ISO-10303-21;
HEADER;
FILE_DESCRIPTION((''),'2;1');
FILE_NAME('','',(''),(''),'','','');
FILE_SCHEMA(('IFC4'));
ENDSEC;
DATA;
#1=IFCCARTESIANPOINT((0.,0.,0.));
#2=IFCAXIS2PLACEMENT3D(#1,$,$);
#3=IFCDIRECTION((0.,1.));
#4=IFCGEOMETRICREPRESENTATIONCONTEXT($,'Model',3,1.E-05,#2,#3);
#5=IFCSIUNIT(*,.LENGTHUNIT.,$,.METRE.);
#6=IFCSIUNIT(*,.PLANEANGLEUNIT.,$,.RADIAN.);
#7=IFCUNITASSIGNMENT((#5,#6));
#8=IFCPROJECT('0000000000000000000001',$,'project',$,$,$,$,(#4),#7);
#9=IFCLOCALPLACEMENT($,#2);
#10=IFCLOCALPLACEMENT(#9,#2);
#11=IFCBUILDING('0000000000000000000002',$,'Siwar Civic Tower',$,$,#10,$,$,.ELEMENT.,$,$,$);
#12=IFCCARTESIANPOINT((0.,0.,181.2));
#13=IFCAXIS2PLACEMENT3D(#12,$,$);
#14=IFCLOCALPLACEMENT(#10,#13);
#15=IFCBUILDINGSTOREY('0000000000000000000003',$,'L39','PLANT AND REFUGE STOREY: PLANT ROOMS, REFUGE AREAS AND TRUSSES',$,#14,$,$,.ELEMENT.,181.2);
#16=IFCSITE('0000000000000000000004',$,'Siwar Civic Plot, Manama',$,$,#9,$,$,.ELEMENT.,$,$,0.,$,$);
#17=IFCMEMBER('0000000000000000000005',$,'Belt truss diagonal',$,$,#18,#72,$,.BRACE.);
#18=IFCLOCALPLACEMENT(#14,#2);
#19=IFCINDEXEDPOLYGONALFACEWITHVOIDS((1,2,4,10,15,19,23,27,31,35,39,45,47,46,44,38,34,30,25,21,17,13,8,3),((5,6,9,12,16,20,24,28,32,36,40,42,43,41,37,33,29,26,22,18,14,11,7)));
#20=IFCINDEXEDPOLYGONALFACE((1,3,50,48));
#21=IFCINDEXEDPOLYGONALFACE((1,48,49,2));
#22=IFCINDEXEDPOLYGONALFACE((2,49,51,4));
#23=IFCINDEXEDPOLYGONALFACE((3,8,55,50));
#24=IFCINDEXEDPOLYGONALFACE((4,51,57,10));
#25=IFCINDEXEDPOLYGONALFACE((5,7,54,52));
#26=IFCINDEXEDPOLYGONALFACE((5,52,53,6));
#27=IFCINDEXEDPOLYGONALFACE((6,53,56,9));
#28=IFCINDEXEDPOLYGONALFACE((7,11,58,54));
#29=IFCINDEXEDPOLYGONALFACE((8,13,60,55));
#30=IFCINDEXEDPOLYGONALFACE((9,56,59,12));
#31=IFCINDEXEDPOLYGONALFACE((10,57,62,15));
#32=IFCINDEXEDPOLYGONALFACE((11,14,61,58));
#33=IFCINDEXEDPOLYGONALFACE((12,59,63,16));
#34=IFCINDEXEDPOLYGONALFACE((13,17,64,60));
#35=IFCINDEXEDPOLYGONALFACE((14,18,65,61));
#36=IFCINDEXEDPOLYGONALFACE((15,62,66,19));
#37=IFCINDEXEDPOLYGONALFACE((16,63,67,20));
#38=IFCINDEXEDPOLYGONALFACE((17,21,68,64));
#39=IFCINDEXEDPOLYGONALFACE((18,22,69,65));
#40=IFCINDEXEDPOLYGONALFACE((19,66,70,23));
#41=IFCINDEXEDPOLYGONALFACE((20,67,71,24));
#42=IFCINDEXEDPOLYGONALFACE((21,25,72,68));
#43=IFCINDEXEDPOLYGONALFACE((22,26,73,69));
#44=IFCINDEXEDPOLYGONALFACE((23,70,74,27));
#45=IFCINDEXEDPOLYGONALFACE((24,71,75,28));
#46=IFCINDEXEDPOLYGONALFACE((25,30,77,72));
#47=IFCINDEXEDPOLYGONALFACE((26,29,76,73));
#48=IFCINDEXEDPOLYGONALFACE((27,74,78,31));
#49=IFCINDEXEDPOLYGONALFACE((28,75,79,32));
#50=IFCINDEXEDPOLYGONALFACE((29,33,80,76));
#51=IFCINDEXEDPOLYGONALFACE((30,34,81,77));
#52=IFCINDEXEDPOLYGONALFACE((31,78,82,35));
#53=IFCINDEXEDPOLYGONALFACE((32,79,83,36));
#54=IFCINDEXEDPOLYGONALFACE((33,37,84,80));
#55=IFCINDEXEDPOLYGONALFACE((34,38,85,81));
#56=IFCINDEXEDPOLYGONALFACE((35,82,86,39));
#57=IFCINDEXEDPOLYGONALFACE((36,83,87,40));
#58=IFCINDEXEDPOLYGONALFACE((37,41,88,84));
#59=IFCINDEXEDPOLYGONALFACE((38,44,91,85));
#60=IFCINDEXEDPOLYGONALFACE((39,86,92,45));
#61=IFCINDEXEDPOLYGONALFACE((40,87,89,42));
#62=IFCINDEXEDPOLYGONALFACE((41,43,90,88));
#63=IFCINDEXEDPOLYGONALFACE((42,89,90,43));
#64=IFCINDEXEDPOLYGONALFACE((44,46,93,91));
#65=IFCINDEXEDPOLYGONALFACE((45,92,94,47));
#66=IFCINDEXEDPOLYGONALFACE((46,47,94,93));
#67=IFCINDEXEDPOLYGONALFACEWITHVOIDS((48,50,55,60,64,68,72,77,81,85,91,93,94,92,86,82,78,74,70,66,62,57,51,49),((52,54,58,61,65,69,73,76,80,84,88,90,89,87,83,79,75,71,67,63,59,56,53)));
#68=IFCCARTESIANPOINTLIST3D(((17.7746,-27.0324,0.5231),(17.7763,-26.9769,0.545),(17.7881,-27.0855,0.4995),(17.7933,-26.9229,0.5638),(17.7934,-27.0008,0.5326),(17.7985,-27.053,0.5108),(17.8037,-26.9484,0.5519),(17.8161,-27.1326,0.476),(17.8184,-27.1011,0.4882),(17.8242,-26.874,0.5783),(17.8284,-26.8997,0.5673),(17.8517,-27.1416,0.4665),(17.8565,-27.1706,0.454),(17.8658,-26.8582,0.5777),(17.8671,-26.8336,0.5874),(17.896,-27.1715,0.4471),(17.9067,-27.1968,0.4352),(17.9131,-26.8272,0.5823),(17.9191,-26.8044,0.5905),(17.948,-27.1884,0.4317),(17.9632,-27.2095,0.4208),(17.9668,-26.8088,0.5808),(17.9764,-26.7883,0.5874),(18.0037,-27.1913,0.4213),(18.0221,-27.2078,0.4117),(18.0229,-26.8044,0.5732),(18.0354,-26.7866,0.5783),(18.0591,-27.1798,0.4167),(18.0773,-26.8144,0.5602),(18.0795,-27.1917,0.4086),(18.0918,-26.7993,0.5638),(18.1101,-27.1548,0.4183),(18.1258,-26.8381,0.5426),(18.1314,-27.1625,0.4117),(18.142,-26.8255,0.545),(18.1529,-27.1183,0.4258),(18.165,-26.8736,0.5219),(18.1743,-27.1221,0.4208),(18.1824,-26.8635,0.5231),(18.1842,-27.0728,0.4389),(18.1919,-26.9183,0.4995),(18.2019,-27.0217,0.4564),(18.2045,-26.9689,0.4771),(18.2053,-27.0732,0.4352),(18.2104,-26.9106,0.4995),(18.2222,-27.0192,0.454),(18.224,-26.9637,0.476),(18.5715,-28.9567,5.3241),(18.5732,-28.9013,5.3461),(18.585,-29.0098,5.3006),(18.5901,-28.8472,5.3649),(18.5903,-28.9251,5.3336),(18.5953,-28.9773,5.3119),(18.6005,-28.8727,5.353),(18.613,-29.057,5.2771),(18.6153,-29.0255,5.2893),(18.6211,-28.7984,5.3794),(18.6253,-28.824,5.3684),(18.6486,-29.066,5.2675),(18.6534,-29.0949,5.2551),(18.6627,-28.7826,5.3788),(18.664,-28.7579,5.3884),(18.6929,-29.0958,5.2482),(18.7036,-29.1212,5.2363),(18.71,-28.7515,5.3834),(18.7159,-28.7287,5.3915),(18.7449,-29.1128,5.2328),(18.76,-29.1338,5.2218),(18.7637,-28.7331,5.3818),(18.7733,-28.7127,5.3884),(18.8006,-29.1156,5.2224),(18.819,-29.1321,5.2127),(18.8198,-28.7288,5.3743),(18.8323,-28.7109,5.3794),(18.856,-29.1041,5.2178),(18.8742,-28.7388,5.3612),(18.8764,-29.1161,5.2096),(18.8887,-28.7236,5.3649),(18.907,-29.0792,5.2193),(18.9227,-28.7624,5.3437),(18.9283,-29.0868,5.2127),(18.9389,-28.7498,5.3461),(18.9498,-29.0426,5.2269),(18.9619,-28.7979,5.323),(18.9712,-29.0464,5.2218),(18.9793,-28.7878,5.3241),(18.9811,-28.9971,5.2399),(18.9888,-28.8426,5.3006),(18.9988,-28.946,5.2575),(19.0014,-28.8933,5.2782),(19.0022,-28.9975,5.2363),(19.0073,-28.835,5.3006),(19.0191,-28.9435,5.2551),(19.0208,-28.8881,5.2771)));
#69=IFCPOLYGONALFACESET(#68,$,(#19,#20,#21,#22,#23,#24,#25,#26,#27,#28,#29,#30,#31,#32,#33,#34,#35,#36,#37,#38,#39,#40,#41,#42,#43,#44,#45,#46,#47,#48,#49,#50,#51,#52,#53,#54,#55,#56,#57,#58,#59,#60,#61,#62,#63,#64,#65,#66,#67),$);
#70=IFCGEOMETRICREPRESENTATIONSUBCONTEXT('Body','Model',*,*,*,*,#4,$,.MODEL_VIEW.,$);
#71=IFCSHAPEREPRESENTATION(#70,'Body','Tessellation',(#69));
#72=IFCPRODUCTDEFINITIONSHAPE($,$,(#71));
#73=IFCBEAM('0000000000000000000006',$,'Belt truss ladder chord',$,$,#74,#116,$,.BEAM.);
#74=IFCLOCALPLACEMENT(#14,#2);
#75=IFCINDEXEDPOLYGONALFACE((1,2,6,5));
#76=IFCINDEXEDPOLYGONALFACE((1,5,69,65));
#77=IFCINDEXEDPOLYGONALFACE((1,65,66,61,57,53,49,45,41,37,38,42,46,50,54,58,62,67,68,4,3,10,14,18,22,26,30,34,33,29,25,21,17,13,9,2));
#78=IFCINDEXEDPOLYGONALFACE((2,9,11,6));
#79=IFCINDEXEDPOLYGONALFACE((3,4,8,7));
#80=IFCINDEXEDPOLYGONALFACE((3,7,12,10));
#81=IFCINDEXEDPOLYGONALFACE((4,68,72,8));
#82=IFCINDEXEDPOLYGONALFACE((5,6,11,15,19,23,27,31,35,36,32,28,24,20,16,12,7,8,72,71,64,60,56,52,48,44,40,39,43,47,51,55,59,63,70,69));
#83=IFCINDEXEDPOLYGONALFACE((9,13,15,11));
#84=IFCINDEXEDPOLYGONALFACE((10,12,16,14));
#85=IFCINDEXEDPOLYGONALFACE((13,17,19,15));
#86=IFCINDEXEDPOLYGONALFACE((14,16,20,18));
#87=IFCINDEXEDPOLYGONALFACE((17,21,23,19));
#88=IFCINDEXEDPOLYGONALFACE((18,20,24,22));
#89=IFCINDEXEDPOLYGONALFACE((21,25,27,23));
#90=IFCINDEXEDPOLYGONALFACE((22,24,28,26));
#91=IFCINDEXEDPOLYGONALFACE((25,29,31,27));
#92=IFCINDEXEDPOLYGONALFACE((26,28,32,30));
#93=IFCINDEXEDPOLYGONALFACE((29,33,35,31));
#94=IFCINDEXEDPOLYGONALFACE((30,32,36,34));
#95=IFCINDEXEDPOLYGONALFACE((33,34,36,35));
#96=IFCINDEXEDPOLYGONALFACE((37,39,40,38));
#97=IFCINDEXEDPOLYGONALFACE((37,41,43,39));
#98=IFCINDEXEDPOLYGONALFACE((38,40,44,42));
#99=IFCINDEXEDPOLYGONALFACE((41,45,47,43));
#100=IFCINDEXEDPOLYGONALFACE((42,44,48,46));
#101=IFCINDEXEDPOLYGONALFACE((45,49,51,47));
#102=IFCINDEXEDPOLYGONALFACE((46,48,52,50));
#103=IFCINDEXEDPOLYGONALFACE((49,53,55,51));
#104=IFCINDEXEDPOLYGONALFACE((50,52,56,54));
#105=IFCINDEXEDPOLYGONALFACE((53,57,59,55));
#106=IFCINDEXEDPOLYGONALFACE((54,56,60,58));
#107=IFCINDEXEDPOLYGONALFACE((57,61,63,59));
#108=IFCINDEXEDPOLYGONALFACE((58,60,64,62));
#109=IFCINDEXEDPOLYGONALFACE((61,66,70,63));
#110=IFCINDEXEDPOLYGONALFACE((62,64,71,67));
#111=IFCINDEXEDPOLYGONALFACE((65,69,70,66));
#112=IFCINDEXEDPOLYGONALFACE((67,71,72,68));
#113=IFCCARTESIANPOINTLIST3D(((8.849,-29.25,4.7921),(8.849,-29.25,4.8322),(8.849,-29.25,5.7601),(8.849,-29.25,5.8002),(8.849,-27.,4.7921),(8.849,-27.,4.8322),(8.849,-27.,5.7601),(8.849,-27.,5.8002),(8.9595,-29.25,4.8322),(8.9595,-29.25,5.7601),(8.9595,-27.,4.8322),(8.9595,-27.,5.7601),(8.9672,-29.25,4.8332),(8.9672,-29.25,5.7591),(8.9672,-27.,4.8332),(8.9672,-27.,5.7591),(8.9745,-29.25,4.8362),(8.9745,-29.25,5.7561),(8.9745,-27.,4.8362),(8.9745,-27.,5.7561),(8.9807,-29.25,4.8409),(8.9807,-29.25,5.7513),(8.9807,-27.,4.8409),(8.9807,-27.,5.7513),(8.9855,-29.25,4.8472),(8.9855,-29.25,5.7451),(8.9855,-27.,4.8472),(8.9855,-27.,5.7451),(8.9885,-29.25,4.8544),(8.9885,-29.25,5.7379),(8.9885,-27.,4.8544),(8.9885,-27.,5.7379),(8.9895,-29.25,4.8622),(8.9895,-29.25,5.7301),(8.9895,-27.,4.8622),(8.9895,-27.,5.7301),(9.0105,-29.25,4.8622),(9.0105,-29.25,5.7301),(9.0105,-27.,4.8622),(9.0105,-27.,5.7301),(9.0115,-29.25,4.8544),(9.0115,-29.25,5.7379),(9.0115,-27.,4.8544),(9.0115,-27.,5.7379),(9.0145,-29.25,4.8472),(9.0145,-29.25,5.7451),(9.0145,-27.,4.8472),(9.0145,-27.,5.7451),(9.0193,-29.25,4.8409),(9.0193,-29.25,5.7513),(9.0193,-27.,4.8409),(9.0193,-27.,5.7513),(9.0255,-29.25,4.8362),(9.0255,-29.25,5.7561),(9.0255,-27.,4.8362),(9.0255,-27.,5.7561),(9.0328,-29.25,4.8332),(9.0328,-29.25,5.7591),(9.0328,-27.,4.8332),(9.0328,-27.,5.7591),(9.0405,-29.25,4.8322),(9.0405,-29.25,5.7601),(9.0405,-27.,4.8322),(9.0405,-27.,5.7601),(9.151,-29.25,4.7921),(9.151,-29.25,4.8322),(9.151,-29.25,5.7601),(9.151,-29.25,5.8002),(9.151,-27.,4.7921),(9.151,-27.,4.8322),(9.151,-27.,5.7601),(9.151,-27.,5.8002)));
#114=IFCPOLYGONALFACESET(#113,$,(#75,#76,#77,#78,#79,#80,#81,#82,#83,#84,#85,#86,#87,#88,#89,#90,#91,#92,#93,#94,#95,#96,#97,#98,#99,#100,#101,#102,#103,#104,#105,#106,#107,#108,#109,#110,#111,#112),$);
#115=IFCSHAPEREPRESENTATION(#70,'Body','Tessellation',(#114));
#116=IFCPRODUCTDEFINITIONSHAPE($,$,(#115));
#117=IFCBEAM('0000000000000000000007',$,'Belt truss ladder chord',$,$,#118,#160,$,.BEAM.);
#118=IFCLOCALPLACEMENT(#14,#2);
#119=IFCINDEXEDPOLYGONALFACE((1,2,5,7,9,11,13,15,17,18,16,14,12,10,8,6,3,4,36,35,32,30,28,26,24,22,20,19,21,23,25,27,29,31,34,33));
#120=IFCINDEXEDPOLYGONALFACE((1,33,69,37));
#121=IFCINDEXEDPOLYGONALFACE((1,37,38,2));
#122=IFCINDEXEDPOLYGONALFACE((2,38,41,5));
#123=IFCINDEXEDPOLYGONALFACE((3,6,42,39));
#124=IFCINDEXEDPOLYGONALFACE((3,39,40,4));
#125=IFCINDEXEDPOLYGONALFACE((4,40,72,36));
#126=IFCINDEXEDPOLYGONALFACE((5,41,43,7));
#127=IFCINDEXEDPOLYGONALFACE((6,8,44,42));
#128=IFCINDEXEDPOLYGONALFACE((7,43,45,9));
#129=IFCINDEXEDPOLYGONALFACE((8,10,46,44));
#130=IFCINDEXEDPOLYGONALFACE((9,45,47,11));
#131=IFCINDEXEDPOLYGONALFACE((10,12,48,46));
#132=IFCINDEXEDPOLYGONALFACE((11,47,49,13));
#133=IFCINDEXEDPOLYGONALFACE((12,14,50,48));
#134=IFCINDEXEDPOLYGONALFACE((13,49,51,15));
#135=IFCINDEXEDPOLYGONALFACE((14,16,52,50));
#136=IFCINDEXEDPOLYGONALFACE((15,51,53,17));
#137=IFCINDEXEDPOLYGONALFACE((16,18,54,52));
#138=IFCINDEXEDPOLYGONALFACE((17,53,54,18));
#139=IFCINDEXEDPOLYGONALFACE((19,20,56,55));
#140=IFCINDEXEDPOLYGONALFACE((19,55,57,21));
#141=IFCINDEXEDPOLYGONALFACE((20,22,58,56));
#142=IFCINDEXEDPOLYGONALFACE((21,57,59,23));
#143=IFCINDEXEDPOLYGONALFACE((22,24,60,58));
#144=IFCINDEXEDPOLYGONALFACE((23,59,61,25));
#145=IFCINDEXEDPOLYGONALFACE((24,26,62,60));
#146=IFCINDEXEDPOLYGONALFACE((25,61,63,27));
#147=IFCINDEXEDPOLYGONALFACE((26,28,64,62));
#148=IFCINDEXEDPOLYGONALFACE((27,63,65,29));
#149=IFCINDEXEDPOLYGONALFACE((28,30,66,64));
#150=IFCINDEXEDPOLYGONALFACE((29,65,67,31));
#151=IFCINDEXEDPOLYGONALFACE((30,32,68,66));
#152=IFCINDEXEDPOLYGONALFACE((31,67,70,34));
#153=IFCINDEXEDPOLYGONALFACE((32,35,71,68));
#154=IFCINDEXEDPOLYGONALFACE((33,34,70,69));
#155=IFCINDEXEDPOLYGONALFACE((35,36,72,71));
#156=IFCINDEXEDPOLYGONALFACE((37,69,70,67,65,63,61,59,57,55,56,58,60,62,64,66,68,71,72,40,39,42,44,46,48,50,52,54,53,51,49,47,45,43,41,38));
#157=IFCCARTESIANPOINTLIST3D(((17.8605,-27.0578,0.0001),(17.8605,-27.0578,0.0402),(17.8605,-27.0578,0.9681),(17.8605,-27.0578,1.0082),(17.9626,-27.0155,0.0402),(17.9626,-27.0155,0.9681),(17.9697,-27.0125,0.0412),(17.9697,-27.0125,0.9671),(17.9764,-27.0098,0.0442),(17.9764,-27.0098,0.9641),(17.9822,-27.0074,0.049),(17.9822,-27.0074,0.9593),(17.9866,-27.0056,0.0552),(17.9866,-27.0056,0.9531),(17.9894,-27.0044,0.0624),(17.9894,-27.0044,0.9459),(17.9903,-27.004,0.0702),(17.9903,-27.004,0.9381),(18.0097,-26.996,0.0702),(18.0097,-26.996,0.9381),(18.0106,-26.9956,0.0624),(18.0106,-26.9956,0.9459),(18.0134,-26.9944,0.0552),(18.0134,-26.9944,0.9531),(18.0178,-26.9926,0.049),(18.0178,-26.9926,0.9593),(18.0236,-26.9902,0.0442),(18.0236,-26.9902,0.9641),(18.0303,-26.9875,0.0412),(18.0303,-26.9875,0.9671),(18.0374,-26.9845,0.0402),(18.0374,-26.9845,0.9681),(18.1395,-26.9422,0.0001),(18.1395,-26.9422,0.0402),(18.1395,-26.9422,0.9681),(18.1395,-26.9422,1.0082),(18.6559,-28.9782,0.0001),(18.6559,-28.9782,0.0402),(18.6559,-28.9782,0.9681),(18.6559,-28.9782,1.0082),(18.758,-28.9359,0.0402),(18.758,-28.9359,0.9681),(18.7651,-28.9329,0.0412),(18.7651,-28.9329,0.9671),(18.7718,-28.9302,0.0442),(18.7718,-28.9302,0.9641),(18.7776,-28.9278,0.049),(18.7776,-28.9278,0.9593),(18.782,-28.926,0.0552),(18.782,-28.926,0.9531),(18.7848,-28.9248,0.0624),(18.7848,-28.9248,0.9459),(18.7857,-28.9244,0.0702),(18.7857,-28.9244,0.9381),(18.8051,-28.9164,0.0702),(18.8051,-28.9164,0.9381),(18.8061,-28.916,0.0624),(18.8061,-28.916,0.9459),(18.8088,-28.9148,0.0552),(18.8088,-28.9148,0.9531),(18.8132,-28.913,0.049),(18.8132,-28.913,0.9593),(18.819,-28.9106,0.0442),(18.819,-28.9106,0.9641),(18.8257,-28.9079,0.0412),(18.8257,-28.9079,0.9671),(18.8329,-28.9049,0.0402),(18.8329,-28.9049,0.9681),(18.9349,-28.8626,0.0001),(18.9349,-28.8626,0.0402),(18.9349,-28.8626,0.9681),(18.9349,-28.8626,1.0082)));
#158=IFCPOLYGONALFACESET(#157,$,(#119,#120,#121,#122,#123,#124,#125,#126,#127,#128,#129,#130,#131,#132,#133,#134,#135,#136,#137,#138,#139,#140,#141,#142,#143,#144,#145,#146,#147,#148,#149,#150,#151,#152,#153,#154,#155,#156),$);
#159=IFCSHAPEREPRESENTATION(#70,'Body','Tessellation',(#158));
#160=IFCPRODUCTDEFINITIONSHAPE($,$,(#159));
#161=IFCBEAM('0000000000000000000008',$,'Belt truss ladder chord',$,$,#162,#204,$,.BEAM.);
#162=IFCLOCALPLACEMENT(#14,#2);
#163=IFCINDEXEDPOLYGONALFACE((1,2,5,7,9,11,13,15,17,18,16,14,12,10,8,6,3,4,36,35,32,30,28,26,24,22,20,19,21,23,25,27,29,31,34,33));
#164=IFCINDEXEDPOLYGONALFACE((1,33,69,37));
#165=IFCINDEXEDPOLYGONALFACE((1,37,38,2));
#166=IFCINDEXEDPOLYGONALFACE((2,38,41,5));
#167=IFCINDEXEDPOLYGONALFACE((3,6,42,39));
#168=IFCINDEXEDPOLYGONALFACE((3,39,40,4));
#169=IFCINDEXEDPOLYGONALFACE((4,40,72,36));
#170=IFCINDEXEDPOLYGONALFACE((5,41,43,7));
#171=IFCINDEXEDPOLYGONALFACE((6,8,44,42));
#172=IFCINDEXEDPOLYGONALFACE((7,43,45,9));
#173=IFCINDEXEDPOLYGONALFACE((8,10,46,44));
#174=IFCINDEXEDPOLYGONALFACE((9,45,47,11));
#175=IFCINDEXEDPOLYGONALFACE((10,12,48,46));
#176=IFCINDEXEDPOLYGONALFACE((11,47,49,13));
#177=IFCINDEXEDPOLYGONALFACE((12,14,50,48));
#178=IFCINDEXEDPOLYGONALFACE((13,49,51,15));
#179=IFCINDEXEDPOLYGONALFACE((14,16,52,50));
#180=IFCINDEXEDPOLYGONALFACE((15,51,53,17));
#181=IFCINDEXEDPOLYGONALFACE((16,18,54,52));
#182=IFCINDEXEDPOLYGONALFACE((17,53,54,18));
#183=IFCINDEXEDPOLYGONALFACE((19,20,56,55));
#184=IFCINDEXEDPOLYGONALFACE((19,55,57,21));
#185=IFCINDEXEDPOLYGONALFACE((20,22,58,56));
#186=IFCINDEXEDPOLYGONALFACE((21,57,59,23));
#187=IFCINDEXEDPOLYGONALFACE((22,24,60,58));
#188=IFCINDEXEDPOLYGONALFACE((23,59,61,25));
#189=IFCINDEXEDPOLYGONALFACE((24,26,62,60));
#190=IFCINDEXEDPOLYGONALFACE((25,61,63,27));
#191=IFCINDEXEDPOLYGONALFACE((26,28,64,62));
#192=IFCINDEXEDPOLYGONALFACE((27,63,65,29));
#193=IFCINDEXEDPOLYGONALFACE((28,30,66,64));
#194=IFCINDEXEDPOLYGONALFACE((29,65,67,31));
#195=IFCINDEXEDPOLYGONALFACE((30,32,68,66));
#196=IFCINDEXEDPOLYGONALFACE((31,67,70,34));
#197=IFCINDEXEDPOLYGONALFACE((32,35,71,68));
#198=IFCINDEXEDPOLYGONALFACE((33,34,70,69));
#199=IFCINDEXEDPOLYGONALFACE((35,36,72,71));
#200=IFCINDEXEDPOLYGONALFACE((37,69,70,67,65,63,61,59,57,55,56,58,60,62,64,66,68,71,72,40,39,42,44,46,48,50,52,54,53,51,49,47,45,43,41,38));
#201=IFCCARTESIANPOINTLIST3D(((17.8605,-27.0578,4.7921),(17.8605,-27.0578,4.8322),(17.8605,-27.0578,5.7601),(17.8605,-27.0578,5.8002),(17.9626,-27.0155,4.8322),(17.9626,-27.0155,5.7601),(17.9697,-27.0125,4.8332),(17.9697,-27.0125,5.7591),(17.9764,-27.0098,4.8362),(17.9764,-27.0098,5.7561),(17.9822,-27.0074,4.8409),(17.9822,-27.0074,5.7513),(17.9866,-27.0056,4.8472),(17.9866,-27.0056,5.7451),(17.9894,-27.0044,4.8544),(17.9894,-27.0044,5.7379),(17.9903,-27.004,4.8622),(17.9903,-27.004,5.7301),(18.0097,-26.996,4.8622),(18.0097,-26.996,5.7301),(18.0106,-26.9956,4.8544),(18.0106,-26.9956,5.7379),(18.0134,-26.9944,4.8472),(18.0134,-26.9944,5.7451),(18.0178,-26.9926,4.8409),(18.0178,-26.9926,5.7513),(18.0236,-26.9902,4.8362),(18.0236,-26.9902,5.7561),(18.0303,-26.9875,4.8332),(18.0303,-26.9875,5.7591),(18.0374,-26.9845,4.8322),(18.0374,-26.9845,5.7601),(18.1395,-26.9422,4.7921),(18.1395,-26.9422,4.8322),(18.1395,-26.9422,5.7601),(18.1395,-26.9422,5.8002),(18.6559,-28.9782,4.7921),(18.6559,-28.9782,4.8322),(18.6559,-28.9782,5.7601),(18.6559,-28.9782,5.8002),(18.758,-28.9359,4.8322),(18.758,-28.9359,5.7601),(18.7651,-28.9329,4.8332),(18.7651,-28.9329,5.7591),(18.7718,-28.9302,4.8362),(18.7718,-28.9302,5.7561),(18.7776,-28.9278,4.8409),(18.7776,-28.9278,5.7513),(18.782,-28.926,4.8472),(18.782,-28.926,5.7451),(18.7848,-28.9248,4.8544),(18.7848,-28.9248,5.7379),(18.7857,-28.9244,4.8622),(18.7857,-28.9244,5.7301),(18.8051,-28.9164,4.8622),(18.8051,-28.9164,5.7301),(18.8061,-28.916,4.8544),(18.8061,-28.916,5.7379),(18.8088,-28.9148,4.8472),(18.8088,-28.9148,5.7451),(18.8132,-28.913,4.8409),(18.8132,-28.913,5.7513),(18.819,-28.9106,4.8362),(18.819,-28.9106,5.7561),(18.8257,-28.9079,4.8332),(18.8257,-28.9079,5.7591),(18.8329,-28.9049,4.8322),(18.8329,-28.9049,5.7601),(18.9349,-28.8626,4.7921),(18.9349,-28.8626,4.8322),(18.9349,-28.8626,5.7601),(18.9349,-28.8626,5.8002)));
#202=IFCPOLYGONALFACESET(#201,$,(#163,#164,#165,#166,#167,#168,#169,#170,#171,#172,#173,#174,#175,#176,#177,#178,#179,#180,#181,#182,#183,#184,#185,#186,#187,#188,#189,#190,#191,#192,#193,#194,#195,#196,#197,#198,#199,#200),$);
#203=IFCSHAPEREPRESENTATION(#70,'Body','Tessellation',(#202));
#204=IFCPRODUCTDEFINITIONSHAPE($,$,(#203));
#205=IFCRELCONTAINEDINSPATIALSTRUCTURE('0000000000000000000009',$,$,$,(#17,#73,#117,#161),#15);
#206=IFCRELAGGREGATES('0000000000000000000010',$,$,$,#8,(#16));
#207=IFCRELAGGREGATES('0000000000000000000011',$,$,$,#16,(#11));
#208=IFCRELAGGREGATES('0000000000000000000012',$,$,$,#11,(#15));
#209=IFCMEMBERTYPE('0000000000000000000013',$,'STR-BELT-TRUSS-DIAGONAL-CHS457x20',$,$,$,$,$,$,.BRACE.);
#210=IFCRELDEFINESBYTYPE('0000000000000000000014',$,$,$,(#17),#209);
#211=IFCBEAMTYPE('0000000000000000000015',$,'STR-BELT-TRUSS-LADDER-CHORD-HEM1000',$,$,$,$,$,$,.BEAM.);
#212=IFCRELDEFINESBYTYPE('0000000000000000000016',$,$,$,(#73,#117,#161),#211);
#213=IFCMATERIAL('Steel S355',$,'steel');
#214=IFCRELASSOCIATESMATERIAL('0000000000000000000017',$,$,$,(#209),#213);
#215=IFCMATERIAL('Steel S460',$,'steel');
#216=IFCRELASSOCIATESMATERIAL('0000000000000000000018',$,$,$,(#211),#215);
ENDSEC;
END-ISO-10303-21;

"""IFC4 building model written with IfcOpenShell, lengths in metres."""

from ifc_helpers import new_model, si_unit, direction, frame, origin, origin_2d, place, context, subcontext, project, spatial, hollow_circle, i_section, extrude, material, material_profile, profile_set, type_object, element, save


model = new_model("IFC4")

# Units and contexts
model_context = context("Model", 3, precision=1e-05, world=origin(), true_north=direction((0.0, 1.0)))
body_context = subcontext(model_context, "Body", "Model", "MODEL_VIEW")
ifc_project = project(units=[si_unit("LENGTHUNIT", "METRE"), si_unit("PLANEANGLEUNIT", "RADIAN")], contexts=[model_context])

# Site, building, storey
site_placement = place(None, origin())
site = spatial("IfcSite", under=ifc_project, at=site_placement, Name="Siwar Civic Plot, Manama", CompositionType="ELEMENT", RefElevation=0.0)
building_placement = place(site_placement, origin())
building = spatial("IfcBuilding", under=site, at=building_placement, Name="Siwar Civic Tower", CompositionType="ELEMENT")
storey_placement = place(building_placement, frame((0.0, 0.0, 181.2)))
storey = spatial("IfcBuildingStorey", under=building, at=storey_placement, Name="L39", Description="PLANT AND REFUGE STOREY: PLANT ROOMS, REFUGE AREAS AND TRUSSES", CompositionType="ELEMENT", Elevation=181.2)

# Member
ifc_material_1 = material(Name="Steel S355", Category="steel")
ifc_material_profile_1 = material_profile(ifc_material_1, hollow_circle(Radius=0.2285, WallThickness=0.02, at=origin_2d()), Name="CHS457x20")
ifc_profile_set_1 = profile_set([ifc_material_profile_1], Name="Steel S355")
member_type_1 = type_object("IfcMemberType", Name="STR-BELT-TRUSS-DIAGONAL-CHS457x20", PredefinedType="BRACE", material=ifc_profile_set_1)
member_1_placement = place(storey_placement, frame((17.9993, -26.998, 0.4995), z_axis=(0.152269, -0.367703, 0.917392), x_axis=(0.923914, 0.3826, 0.0)))
element("IfcMember", 1, at=member_1_placement, inside=storey, type_object=member_type_1, Name="Belt truss diagonal", PredefinedType="BRACE", context=body_context, shape_type="SweptSolid", body=[
    extrude(hollow_circle(Radius=0.2285, WallThickness=0.02, at=origin_2d()), origin(), (0.0, 0.0, 1.0), 5.2334),
])

# Beams
ifc_material_2 = material(Name="Steel S460", Category="steel")
ifc_material_profile_2 = material_profile(ifc_material_2, i_section(OverallWidth=0.302, OverallDepth=1.0081, WebThickness=0.021, FlangeThickness=0.04, FilletRadius=0.03, at=origin_2d()), Name="HEM1000")
ifc_profile_set_2 = profile_set([ifc_material_profile_2], Name="Steel S460")
beam_type_1 = type_object("IfcBeamType", Name="STR-BELT-TRUSS-LADDER-CHORD-HEM1000", PredefinedType="BEAM", material=ifc_profile_set_2)
beam_1_placement = place(storey_placement, frame((9.0, -27.0, 5.2961), z_axis=(0.0, -1.0, 0.0), x_axis=(1.0, 0.0, 0.0)))
element("IfcBeam", 2, at=beam_1_placement, inside=storey, type_object=beam_type_1, Name="Belt truss ladder chord", PredefinedType="BEAM", context=body_context, shape_type="SweptSolid", body=[
    extrude(i_section(OverallWidth=0.302, OverallDepth=1.0081, WebThickness=0.021, FlangeThickness=0.04, FilletRadius=0.03, at=origin_2d()), origin(), (0.0, 0.0, 1.0), 2.25),
])
for number, where, z_axis, x_axis, name in (
    (3, (18.0, -27.0, 0.5042), (0.382663, -0.923888, 0.0), (0.923888, 0.382663, 0.0), "Belt truss ladder chord"),
    (4, (18.0, -27.0, 5.2961), (0.382663, -0.923888, 0.0), (0.923888, 0.382663, 0.0), "Belt truss ladder chord"),
):
    element("IfcBeam", number, at=place(storey_placement, frame(where, z_axis=z_axis, x_axis=x_axis)), inside=storey, type_object=beam_type_1, Name=name, PredefinedType="BEAM", context=body_context, shape_type="SweptSolid", body=[
        extrude(i_section(OverallWidth=0.302, OverallDepth=1.0081, WebThickness=0.021, FlangeThickness=0.04, FilletRadius=0.03, at=origin_2d()), origin(), (0.0, 0.0, 1.0), 2.0786),
    ])

save(model, "model.ifc")
